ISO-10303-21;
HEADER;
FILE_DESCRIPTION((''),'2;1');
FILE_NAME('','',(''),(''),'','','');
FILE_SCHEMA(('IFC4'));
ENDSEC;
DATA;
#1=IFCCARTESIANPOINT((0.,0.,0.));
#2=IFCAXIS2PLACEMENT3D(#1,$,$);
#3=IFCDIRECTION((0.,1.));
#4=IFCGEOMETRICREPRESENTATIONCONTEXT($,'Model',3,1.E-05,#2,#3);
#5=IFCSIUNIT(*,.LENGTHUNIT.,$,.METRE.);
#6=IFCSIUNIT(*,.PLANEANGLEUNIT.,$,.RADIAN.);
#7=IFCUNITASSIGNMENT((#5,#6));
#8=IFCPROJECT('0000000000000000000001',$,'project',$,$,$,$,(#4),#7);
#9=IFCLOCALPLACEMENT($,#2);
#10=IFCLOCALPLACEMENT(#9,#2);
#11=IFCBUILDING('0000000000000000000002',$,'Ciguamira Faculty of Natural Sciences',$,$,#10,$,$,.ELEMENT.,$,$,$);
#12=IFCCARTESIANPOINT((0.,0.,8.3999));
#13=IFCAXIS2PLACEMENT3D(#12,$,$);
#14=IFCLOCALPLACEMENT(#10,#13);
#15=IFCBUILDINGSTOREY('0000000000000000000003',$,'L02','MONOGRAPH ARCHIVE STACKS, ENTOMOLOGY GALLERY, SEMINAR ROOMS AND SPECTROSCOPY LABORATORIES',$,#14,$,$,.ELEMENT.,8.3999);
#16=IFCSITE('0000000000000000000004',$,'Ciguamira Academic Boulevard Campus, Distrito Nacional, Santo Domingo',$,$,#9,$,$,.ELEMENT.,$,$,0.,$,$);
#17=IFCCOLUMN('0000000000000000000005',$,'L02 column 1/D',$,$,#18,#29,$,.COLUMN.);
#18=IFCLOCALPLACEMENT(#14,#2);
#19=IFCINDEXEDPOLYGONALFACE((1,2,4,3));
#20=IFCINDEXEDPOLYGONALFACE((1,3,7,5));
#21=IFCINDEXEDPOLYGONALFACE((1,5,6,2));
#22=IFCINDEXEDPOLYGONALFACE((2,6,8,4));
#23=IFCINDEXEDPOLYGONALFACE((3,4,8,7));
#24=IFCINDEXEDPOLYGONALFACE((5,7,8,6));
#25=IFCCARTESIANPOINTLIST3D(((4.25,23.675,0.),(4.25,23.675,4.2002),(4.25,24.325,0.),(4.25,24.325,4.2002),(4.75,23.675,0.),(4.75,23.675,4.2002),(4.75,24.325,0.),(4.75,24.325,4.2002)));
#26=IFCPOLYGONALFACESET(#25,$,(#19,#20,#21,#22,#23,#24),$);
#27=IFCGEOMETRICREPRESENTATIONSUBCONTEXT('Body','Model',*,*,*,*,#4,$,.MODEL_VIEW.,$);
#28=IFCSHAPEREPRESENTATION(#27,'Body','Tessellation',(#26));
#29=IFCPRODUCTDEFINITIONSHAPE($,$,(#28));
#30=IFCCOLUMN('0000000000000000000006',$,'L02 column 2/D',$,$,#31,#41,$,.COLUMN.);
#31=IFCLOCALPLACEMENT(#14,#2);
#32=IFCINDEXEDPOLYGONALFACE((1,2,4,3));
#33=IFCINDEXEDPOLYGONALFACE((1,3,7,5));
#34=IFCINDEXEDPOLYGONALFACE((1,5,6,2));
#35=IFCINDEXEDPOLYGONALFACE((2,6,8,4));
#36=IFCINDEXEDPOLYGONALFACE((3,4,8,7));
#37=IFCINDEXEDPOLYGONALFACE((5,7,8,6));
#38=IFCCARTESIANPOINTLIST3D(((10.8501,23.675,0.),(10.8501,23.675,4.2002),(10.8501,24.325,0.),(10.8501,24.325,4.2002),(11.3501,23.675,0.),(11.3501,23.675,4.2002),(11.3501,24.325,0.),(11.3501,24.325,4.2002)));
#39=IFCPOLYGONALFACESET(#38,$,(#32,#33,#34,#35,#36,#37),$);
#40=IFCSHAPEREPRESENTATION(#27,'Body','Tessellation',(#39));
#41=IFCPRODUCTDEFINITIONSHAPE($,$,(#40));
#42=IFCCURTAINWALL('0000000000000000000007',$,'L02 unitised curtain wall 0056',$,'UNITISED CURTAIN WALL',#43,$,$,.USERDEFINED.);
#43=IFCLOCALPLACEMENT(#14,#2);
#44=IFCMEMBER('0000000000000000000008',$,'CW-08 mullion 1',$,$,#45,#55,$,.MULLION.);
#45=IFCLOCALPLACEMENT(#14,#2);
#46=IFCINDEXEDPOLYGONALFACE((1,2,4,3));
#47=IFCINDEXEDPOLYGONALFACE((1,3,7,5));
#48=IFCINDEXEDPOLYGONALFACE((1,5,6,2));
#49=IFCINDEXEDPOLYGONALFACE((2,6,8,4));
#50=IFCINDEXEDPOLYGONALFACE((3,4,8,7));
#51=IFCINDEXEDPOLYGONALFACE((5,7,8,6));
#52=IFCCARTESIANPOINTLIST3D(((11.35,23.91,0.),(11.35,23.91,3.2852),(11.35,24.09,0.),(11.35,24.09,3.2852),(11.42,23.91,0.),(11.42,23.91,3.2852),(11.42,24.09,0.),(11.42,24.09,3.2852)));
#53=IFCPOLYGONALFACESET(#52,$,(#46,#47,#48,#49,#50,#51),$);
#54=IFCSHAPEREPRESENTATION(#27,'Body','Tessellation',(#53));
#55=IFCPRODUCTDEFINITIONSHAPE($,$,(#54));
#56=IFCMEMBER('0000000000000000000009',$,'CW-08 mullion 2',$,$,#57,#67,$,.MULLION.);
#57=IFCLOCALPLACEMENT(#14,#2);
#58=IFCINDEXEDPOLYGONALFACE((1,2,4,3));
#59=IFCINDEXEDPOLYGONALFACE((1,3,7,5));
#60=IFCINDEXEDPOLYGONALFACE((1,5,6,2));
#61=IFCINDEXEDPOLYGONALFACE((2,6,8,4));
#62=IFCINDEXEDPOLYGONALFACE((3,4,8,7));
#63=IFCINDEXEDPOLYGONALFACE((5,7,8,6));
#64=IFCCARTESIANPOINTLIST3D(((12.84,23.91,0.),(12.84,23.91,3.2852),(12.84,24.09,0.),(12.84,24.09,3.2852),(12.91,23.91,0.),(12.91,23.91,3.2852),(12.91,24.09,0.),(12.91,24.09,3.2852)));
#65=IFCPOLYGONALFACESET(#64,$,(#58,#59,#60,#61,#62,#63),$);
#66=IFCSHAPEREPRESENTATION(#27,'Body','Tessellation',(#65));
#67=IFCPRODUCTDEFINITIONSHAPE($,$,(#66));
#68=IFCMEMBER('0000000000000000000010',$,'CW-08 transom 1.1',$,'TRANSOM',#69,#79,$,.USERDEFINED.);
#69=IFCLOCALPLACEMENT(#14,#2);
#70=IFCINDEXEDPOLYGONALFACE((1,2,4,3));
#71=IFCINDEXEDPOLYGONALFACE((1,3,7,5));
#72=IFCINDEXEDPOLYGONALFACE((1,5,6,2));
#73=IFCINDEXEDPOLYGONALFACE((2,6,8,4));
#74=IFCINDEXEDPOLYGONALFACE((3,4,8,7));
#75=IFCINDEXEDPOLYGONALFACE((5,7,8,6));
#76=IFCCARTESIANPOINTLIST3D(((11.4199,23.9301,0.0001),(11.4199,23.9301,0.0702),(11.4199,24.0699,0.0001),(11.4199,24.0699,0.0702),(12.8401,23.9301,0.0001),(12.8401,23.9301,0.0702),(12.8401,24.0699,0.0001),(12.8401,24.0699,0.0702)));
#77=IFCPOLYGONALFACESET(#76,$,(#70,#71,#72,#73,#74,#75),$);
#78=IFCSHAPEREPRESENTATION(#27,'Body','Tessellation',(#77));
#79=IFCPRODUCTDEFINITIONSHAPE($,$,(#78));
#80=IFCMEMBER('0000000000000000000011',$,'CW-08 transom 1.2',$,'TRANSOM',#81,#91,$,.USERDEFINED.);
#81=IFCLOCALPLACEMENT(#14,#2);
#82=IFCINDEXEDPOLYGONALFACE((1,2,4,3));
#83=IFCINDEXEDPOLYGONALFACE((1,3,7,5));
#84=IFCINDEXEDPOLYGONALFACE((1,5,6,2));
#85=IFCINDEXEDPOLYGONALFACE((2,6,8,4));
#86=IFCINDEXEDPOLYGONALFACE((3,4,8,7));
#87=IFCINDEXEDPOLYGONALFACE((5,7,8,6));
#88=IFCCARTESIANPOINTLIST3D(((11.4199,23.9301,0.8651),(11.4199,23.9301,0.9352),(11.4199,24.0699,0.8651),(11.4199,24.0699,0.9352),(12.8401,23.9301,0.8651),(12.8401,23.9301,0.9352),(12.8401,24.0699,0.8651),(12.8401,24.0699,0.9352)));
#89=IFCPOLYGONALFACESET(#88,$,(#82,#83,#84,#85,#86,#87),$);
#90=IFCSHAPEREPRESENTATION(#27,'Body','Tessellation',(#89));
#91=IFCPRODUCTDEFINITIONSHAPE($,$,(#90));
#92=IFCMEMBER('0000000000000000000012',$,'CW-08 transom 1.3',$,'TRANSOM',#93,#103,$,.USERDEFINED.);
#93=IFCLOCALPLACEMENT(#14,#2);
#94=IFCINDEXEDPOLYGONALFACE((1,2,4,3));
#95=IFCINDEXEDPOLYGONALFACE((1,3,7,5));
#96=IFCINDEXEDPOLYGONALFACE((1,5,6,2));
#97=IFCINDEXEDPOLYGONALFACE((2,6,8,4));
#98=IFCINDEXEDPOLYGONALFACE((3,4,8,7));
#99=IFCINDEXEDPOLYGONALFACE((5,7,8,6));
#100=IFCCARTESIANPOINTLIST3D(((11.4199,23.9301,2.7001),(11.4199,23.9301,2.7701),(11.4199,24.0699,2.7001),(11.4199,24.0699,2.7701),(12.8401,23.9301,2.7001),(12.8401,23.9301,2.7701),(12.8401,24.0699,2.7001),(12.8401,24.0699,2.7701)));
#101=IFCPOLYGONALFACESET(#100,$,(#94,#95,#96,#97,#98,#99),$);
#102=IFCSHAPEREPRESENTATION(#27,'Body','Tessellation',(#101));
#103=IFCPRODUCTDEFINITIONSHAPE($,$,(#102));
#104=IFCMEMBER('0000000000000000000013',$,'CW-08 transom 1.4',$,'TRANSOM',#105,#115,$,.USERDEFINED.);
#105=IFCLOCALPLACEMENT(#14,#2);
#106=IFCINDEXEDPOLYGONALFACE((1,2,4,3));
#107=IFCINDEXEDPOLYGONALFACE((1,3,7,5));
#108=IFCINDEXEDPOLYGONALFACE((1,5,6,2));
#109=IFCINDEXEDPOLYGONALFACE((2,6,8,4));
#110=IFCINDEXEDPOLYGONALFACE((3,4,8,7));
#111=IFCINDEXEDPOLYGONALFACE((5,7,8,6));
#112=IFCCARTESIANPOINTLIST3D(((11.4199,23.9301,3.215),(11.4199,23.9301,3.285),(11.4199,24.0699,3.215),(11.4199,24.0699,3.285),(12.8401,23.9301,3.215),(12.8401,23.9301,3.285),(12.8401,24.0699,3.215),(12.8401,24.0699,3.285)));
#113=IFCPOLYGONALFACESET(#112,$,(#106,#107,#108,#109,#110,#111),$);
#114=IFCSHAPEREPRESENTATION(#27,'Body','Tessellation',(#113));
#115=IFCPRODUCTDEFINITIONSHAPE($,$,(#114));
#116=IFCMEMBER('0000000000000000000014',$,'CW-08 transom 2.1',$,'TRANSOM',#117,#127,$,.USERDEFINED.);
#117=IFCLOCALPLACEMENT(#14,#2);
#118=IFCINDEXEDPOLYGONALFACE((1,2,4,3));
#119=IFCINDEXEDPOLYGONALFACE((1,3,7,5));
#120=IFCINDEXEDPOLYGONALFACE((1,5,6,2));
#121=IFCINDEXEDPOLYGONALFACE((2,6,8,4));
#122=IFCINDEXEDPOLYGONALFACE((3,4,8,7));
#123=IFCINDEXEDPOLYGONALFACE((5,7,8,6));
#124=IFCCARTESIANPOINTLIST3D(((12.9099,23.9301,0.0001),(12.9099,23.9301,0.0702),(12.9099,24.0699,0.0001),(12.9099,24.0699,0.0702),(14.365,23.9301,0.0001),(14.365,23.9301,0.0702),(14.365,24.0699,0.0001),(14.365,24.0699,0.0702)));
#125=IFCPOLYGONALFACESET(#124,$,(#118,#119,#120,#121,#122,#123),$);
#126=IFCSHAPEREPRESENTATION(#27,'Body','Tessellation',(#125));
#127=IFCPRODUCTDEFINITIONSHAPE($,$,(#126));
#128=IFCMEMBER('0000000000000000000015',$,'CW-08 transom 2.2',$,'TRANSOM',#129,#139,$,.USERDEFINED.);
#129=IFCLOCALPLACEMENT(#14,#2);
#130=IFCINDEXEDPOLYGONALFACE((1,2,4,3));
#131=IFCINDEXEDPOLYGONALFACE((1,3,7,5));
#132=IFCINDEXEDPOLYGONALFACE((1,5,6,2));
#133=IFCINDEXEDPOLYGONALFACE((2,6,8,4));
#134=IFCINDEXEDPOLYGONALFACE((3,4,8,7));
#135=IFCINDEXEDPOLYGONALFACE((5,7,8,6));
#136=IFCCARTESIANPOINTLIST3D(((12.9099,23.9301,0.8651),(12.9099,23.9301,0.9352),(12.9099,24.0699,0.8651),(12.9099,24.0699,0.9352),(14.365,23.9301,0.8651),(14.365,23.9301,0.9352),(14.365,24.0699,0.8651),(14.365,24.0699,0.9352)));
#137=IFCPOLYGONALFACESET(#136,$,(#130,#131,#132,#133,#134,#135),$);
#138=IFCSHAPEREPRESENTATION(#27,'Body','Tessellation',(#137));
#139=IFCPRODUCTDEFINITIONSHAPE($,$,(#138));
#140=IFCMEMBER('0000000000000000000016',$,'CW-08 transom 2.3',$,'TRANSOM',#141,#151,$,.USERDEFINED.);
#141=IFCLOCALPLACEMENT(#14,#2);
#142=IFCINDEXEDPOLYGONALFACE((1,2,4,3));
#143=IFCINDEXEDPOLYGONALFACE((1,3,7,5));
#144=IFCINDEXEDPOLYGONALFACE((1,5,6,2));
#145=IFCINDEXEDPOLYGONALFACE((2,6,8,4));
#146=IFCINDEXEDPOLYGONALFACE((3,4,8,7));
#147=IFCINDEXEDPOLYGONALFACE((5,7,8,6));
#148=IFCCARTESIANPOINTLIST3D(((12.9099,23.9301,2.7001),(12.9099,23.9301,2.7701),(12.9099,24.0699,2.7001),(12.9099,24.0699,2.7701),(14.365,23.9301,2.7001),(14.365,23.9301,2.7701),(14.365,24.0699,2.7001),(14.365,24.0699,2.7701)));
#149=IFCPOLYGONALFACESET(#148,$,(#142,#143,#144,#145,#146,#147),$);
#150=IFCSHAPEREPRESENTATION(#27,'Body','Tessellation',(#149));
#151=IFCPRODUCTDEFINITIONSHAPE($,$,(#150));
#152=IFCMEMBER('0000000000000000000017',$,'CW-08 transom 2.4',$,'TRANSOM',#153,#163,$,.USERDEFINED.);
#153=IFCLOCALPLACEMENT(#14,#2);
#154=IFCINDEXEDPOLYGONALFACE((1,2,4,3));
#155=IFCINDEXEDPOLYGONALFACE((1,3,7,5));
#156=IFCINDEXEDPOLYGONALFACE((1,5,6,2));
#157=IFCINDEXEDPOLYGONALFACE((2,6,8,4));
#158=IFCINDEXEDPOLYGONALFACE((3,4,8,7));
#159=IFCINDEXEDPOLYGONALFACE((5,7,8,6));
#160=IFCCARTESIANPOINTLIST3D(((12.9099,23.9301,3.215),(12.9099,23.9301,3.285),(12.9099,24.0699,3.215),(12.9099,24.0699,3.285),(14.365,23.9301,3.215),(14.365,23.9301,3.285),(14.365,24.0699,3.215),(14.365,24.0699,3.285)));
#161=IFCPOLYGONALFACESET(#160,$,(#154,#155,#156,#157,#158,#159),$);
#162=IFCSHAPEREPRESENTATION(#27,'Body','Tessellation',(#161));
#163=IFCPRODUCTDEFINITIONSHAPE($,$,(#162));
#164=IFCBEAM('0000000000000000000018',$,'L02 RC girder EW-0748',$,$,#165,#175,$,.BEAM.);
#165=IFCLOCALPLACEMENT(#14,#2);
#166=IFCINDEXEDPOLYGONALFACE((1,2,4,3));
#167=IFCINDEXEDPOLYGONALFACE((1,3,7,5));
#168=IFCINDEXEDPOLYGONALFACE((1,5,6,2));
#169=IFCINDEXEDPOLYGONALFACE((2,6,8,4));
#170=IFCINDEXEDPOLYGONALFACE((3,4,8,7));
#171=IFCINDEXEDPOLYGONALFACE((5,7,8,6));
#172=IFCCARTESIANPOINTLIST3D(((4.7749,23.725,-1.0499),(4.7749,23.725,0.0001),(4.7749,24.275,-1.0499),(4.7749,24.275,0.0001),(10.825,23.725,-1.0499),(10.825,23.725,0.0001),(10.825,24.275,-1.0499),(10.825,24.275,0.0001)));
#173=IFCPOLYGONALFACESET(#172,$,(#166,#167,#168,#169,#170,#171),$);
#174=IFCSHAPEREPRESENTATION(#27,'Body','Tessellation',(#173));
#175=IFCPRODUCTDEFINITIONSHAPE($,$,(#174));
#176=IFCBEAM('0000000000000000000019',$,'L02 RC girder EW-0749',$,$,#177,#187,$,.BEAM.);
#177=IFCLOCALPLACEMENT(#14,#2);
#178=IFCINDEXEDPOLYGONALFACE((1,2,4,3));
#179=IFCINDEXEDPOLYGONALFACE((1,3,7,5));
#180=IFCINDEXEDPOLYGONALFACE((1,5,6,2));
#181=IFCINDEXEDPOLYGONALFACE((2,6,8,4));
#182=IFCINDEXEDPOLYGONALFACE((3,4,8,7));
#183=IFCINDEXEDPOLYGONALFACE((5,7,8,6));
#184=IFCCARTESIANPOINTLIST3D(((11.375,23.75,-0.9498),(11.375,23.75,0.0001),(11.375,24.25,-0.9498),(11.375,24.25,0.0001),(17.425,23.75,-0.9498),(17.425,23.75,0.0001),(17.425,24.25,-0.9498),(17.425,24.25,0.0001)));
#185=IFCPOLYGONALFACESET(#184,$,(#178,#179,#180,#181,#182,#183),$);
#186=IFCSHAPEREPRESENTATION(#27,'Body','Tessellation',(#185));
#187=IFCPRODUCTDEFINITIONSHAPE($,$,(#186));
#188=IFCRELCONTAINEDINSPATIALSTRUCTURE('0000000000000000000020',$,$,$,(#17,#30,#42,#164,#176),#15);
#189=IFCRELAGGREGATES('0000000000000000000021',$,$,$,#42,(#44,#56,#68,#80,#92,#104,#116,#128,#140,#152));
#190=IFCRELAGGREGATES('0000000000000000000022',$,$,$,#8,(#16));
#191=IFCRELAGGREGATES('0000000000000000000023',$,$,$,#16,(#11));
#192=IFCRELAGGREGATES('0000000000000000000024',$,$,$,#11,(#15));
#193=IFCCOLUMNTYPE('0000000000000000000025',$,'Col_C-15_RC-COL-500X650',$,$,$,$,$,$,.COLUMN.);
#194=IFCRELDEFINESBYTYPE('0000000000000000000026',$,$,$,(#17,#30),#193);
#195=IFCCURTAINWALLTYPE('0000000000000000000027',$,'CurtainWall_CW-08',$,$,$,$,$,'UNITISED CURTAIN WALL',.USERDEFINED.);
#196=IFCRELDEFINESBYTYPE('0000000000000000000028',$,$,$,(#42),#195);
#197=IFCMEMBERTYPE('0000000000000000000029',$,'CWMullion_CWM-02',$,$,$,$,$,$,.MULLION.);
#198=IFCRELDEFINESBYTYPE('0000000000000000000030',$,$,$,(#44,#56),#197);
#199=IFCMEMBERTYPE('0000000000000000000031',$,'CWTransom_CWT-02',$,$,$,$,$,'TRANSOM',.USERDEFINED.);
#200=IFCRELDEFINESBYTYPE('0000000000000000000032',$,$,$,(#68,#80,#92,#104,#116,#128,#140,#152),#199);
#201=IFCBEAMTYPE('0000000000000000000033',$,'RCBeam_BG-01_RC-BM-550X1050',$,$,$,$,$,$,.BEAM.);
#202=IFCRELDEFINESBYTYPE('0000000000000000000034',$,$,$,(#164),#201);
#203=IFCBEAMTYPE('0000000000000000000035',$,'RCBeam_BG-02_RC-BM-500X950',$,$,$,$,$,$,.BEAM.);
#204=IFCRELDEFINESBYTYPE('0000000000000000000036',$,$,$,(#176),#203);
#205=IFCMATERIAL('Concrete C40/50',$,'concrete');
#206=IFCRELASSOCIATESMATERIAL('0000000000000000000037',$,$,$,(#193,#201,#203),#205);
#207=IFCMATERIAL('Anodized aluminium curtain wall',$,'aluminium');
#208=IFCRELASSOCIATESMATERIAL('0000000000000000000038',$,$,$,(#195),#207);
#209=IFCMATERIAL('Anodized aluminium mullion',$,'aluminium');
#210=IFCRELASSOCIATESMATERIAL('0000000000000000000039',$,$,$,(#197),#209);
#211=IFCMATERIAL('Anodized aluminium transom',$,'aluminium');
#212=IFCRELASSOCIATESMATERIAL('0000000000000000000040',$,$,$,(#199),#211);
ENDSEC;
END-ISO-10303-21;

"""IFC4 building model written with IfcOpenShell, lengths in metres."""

from ifc_helpers import new_model, si_unit, direction, frame, origin, origin_2d, place, context, subcontext, project, spatial, rectangle, extrude, material, material_profile, profile_set, type_object, element, aggregate, save


model = new_model("IFC4")

# Units and contexts
model_context = context("Model", 3, precision=1e-05, world=origin(), true_north=direction((0.0, 1.0)))
body_context = subcontext(model_context, "Body", "Model", "MODEL_VIEW")
ifc_project = project(units=[si_unit("LENGTHUNIT", "METRE"), si_unit("PLANEANGLEUNIT", "RADIAN")], contexts=[model_context])

# Site, building, storey
site_placement = place(None, origin())
site = spatial("IfcSite", under=ifc_project, at=site_placement, Name="Ciguamira Academic Boulevard Campus, Distrito Nacional, Santo Domingo", CompositionType="ELEMENT", RefElevation=0.0)
building_placement = place(site_placement, origin())
building = spatial("IfcBuilding", under=site, at=building_placement, Name="Ciguamira Faculty of Natural Sciences", CompositionType="ELEMENT")
storey_placement = place(building_placement, frame((0.0, 0.0, 8.3999)))
storey = spatial("IfcBuildingStorey", under=building, at=storey_placement, Name="L02", Description="MONOGRAPH ARCHIVE STACKS, ENTOMOLOGY GALLERY, SEMINAR ROOMS AND SPECTROSCOPY LABORATORIES", CompositionType="ELEMENT", Elevation=8.3999)

# Columns
ifc_material_1 = material(Name="Concrete C40/50", Category="concrete")
ifc_material_profile_1 = material_profile(ifc_material_1, rectangle(XDim=0.5, YDim=0.6499, at=origin_2d()), Name="RC-COL-500X650")
ifc_profile_set_1 = profile_set([ifc_material_profile_1], Name="Concrete C40/50")
column_type = type_object("IfcColumnType", Name="Col_C-15_RC-COL-500X650", PredefinedType="COLUMN", material=ifc_profile_set_1)
for number, where, z_axis, x_axis, name in (
    (1, (4.5, 24.0, 0.0), (0.0, 0.0, 1.0), (1.0, 0.0, 0.0), "L02 column 1/D"),
    (2, (11.1001, 24.0, 0.0), (0.0, 0.0, 1.0), (1.0, 0.0, 0.0), "L02 column 2/D"),
):
    element("IfcColumn", number, at=place(storey_placement, frame(where, z_axis=z_axis, x_axis=x_axis)), inside=storey, type_object=column_type, Name=name, PredefinedType="COLUMN", context=body_context, shape_type="SweptSolid", body=[
        extrude(rectangle(XDim=0.5, YDim=0.6499, at=origin_2d()), origin(), (0.0, 0.0, 1.0), 4.2002),
    ])

# Curtain wall, members
ifc_material_2 = material(Name="Anodized aluminium curtain wall", Category="aluminium")
curtain_wall_type = type_object("IfcCurtainWallType", Name="CurtainWall_CW-08", ElementType="UNITISED CURTAIN WALL", PredefinedType="USERDEFINED", material=ifc_material_2)
curtain_wall_placement = place(storey_placement, origin())
curtain_wall = element("IfcCurtainWall", 3, at=curtain_wall_placement, inside=storey, type_object=curtain_wall_type, Name="L02 unitised curtain wall 0056", ObjectType="UNITISED CURTAIN WALL", PredefinedType="USERDEFINED")
ifc_material_3 = material(Name="Anodized aluminium mullion", Category="aluminium")
ifc_material_profile_2 = material_profile(ifc_material_3, rectangle(XDim=0.0701, YDim=0.1799, at=origin_2d()), Name="ALU-MUL-70X180")
ifc_profile_set_2 = profile_set([ifc_material_profile_2], Name="Anodized aluminium mullion")
member_type_1 = type_object("IfcMemberType", Name="CWMullion_CWM-02", PredefinedType="MULLION", material=ifc_profile_set_2)
member_1_placement = place(storey_placement, frame((11.385, 24.0, 0.0), z_axis=(0.0, 0.0, 1.0), x_axis=(1.0, 0.0, 0.0)))
member_1 = element("IfcMember", 4, at=member_1_placement, type_object=member_type_1, Name="CW-08 mullion 1", PredefinedType="MULLION", context=body_context, shape_type="SweptSolid", body=[
    extrude(rectangle(XDim=0.0701, YDim=0.1799, at=origin_2d()), origin(), (0.0, 0.0, 1.0), 3.2852),
])
member_2_placement = place(storey_placement, frame((12.875, 24.0, 0.0), z_axis=(0.0, 0.0, 1.0), x_axis=(1.0, 0.0, 0.0)))
member_2 = element("IfcMember", 5, at=member_2_placement, type_object=member_type_1, Name="CW-08 mullion 2", PredefinedType="MULLION", context=body_context, shape_type="SweptSolid", body=[
    extrude(rectangle(XDim=0.0701, YDim=0.1799, at=origin_2d()), origin(), (0.0, 0.0, 1.0), 3.2852),
])
ifc_material_4 = material(Name="Anodized aluminium transom", Category="aluminium")
ifc_material_profile_3 = material_profile(ifc_material_4, rectangle(XDim=0.0701, YDim=0.1399, at=origin_2d()), Name="ALU-TRN-70X140")
ifc_profile_set_3 = profile_set([ifc_material_profile_3], Name="Anodized aluminium transom")
member_type_2 = type_object("IfcMemberType", Name="CWTransom_CWT-02", ElementType="TRANSOM", PredefinedType="USERDEFINED", material=ifc_profile_set_3)
member_3_placement = place(storey_placement, frame((11.4199, 24.0, 0.0352), z_axis=(1.0, 0.0, 0.0), x_axis=(0.0, 0.0, 1.0)))
member_3 = element("IfcMember", 6, at=member_3_placement, type_object=member_type_2, Name="CW-08 transom 1.1", ObjectType="TRANSOM", PredefinedType="USERDEFINED", context=body_context, shape_type="SweptSolid", body=[
    extrude(rectangle(XDim=0.0701, YDim=0.1399, at=origin_2d()), origin(), (0.0, 0.0, 1.0), 1.4202),
])
member_4_placement = place(storey_placement, frame((11.4199, 24.0, 0.9001), z_axis=(1.0, 0.0, 0.0), x_axis=(0.0, 0.0, 1.0)))
member_4 = element("IfcMember", 7, at=member_4_placement, type_object=member_type_2, Name="CW-08 transom 1.2", ObjectType="TRANSOM", PredefinedType="USERDEFINED", context=body_context, shape_type="SweptSolid", body=[
    extrude(rectangle(XDim=0.0701, YDim=0.1399, at=origin_2d()), origin(), (0.0, 0.0, 1.0), 1.4202),
])
member_5_placement = place(storey_placement, frame((11.4199, 24.0, 2.7351), z_axis=(1.0, 0.0, 0.0), x_axis=(0.0, 0.0, 1.0)))
member_5 = element("IfcMember", 8, at=member_5_placement, type_object=member_type_2, Name="CW-08 transom 1.3", ObjectType="TRANSOM", PredefinedType="USERDEFINED", context=body_context, shape_type="SweptSolid", body=[
    extrude(rectangle(XDim=0.0701, YDim=0.1399, at=origin_2d()), origin(), (0.0, 0.0, 1.0), 1.4202),
])
member_6_placement = place(storey_placement, frame((11.4199, 24.0, 3.25), z_axis=(1.0, 0.0, 0.0), x_axis=(0.0, 0.0, 1.0)))
member_6 = element("IfcMember", 9, at=member_6_placement, type_object=member_type_2, Name="CW-08 transom 1.4", ObjectType="TRANSOM", PredefinedType="USERDEFINED", context=body_context, shape_type="SweptSolid", body=[
    extrude(rectangle(XDim=0.0701, YDim=0.1399, at=origin_2d()), origin(), (0.0, 0.0, 1.0), 1.4202),
])
member_7_placement = place(storey_placement, frame((12.9099, 24.0, 0.0352), z_axis=(1.0, 0.0, 0.0), x_axis=(0.0, 0.0, 1.0)))
member_7 = element("IfcMember", 10, at=member_7_placement, type_object=member_type_2, Name="CW-08 transom 2.1", ObjectType="TRANSOM", PredefinedType="USERDEFINED", context=body_context, shape_type="SweptSolid", body=[
    extrude(rectangle(XDim=0.0701, YDim=0.1399, at=origin_2d()), origin(), (0.0, 0.0, 1.0), 1.4551),
])
member_8_placement = place(storey_placement, frame((12.9099, 24.0, 0.9001), z_axis=(1.0, 0.0, 0.0), x_axis=(0.0, 0.0, 1.0)))
member_8 = element("IfcMember", 11, at=member_8_placement, type_object=member_type_2, Name="CW-08 transom 2.2", ObjectType="TRANSOM", PredefinedType="USERDEFINED", context=body_context, shape_type="SweptSolid", body=[
    extrude(rectangle(XDim=0.0701, YDim=0.1399, at=origin_2d()), origin(), (0.0, 0.0, 1.0), 1.4551),
])
member_9_placement = place(storey_placement, frame((12.9099, 24.0, 2.7351), z_axis=(1.0, 0.0, 0.0), x_axis=(0.0, 0.0, 1.0)))
member_9 = element("IfcMember", 12, at=member_9_placement, type_object=member_type_2, Name="CW-08 transom 2.3", ObjectType="TRANSOM", PredefinedType="USERDEFINED", context=body_context, shape_type="SweptSolid", body=[
    extrude(rectangle(XDim=0.0701, YDim=0.1399, at=origin_2d()), origin(), (0.0, 0.0, 1.0), 1.4551),
])
member_10_placement = place(storey_placement, frame((12.9099, 24.0, 3.25), z_axis=(1.0, 0.0, 0.0), x_axis=(0.0, 0.0, 1.0)))
member_10 = element("IfcMember", 13, at=member_10_placement, type_object=member_type_2, Name="CW-08 transom 2.4", ObjectType="TRANSOM", PredefinedType="USERDEFINED", context=body_context, shape_type="SweptSolid", body=[
    extrude(rectangle(XDim=0.0701, YDim=0.1399, at=origin_2d()), origin(), (0.0, 0.0, 1.0), 1.4551),
])

# Beams
ifc_material_profile_4 = material_profile(ifc_material_1, rectangle(XDim=0.55, YDim=1.05, at=origin_2d()), Name="RC-BM-550X1050")
ifc_profile_set_4 = profile_set([ifc_material_profile_4], Name="Concrete C40/50")
beam_type_1 = type_object("IfcBeamType", Name="RCBeam_BG-01_RC-BM-550X1050", PredefinedType="BEAM", material=ifc_profile_set_4)
beam_1_placement = place(storey_placement, frame((4.7749, 24.0, -0.5249), z_axis=(1.0, 0.0, 0.0), x_axis=(0.0, 1.0, 0.0)))
element("IfcBeam", 14, at=beam_1_placement, inside=storey, type_object=beam_type_1, Name="L02 RC girder EW-0748", PredefinedType="BEAM", context=body_context, shape_type="SweptSolid", body=[
    extrude(rectangle(XDim=0.55, YDim=1.05, at=origin_2d()), origin(), (0.0, 0.0, 1.0), 6.05),
])
ifc_material_profile_5 = material_profile(ifc_material_1, rectangle(XDim=0.5, YDim=0.95, at=origin_2d()), Name="RC-BM-500X950")
ifc_profile_set_5 = profile_set([ifc_material_profile_5], Name="Concrete C40/50")
beam_type_2 = type_object("IfcBeamType", Name="RCBeam_BG-02_RC-BM-500X950", PredefinedType="BEAM", material=ifc_profile_set_5)
beam_2_placement = place(storey_placement, frame((11.375, 24.0, -0.4749), z_axis=(1.0, 0.0, 0.0), x_axis=(0.0, 1.0, 0.0)))
element("IfcBeam", 15, at=beam_2_placement, inside=storey, type_object=beam_type_2, Name="L02 RC girder EW-0749", PredefinedType="BEAM", context=body_context, shape_type="SweptSolid", body=[
    extrude(rectangle(XDim=0.5, YDim=0.95, at=origin_2d()), origin(), (0.0, 0.0, 1.0), 6.05),
])

aggregate(curtain_wall, [member_1, member_2, member_3, member_4, member_5, member_6, member_7, member_8, member_9, member_10])

save(model, "model.ifc")
